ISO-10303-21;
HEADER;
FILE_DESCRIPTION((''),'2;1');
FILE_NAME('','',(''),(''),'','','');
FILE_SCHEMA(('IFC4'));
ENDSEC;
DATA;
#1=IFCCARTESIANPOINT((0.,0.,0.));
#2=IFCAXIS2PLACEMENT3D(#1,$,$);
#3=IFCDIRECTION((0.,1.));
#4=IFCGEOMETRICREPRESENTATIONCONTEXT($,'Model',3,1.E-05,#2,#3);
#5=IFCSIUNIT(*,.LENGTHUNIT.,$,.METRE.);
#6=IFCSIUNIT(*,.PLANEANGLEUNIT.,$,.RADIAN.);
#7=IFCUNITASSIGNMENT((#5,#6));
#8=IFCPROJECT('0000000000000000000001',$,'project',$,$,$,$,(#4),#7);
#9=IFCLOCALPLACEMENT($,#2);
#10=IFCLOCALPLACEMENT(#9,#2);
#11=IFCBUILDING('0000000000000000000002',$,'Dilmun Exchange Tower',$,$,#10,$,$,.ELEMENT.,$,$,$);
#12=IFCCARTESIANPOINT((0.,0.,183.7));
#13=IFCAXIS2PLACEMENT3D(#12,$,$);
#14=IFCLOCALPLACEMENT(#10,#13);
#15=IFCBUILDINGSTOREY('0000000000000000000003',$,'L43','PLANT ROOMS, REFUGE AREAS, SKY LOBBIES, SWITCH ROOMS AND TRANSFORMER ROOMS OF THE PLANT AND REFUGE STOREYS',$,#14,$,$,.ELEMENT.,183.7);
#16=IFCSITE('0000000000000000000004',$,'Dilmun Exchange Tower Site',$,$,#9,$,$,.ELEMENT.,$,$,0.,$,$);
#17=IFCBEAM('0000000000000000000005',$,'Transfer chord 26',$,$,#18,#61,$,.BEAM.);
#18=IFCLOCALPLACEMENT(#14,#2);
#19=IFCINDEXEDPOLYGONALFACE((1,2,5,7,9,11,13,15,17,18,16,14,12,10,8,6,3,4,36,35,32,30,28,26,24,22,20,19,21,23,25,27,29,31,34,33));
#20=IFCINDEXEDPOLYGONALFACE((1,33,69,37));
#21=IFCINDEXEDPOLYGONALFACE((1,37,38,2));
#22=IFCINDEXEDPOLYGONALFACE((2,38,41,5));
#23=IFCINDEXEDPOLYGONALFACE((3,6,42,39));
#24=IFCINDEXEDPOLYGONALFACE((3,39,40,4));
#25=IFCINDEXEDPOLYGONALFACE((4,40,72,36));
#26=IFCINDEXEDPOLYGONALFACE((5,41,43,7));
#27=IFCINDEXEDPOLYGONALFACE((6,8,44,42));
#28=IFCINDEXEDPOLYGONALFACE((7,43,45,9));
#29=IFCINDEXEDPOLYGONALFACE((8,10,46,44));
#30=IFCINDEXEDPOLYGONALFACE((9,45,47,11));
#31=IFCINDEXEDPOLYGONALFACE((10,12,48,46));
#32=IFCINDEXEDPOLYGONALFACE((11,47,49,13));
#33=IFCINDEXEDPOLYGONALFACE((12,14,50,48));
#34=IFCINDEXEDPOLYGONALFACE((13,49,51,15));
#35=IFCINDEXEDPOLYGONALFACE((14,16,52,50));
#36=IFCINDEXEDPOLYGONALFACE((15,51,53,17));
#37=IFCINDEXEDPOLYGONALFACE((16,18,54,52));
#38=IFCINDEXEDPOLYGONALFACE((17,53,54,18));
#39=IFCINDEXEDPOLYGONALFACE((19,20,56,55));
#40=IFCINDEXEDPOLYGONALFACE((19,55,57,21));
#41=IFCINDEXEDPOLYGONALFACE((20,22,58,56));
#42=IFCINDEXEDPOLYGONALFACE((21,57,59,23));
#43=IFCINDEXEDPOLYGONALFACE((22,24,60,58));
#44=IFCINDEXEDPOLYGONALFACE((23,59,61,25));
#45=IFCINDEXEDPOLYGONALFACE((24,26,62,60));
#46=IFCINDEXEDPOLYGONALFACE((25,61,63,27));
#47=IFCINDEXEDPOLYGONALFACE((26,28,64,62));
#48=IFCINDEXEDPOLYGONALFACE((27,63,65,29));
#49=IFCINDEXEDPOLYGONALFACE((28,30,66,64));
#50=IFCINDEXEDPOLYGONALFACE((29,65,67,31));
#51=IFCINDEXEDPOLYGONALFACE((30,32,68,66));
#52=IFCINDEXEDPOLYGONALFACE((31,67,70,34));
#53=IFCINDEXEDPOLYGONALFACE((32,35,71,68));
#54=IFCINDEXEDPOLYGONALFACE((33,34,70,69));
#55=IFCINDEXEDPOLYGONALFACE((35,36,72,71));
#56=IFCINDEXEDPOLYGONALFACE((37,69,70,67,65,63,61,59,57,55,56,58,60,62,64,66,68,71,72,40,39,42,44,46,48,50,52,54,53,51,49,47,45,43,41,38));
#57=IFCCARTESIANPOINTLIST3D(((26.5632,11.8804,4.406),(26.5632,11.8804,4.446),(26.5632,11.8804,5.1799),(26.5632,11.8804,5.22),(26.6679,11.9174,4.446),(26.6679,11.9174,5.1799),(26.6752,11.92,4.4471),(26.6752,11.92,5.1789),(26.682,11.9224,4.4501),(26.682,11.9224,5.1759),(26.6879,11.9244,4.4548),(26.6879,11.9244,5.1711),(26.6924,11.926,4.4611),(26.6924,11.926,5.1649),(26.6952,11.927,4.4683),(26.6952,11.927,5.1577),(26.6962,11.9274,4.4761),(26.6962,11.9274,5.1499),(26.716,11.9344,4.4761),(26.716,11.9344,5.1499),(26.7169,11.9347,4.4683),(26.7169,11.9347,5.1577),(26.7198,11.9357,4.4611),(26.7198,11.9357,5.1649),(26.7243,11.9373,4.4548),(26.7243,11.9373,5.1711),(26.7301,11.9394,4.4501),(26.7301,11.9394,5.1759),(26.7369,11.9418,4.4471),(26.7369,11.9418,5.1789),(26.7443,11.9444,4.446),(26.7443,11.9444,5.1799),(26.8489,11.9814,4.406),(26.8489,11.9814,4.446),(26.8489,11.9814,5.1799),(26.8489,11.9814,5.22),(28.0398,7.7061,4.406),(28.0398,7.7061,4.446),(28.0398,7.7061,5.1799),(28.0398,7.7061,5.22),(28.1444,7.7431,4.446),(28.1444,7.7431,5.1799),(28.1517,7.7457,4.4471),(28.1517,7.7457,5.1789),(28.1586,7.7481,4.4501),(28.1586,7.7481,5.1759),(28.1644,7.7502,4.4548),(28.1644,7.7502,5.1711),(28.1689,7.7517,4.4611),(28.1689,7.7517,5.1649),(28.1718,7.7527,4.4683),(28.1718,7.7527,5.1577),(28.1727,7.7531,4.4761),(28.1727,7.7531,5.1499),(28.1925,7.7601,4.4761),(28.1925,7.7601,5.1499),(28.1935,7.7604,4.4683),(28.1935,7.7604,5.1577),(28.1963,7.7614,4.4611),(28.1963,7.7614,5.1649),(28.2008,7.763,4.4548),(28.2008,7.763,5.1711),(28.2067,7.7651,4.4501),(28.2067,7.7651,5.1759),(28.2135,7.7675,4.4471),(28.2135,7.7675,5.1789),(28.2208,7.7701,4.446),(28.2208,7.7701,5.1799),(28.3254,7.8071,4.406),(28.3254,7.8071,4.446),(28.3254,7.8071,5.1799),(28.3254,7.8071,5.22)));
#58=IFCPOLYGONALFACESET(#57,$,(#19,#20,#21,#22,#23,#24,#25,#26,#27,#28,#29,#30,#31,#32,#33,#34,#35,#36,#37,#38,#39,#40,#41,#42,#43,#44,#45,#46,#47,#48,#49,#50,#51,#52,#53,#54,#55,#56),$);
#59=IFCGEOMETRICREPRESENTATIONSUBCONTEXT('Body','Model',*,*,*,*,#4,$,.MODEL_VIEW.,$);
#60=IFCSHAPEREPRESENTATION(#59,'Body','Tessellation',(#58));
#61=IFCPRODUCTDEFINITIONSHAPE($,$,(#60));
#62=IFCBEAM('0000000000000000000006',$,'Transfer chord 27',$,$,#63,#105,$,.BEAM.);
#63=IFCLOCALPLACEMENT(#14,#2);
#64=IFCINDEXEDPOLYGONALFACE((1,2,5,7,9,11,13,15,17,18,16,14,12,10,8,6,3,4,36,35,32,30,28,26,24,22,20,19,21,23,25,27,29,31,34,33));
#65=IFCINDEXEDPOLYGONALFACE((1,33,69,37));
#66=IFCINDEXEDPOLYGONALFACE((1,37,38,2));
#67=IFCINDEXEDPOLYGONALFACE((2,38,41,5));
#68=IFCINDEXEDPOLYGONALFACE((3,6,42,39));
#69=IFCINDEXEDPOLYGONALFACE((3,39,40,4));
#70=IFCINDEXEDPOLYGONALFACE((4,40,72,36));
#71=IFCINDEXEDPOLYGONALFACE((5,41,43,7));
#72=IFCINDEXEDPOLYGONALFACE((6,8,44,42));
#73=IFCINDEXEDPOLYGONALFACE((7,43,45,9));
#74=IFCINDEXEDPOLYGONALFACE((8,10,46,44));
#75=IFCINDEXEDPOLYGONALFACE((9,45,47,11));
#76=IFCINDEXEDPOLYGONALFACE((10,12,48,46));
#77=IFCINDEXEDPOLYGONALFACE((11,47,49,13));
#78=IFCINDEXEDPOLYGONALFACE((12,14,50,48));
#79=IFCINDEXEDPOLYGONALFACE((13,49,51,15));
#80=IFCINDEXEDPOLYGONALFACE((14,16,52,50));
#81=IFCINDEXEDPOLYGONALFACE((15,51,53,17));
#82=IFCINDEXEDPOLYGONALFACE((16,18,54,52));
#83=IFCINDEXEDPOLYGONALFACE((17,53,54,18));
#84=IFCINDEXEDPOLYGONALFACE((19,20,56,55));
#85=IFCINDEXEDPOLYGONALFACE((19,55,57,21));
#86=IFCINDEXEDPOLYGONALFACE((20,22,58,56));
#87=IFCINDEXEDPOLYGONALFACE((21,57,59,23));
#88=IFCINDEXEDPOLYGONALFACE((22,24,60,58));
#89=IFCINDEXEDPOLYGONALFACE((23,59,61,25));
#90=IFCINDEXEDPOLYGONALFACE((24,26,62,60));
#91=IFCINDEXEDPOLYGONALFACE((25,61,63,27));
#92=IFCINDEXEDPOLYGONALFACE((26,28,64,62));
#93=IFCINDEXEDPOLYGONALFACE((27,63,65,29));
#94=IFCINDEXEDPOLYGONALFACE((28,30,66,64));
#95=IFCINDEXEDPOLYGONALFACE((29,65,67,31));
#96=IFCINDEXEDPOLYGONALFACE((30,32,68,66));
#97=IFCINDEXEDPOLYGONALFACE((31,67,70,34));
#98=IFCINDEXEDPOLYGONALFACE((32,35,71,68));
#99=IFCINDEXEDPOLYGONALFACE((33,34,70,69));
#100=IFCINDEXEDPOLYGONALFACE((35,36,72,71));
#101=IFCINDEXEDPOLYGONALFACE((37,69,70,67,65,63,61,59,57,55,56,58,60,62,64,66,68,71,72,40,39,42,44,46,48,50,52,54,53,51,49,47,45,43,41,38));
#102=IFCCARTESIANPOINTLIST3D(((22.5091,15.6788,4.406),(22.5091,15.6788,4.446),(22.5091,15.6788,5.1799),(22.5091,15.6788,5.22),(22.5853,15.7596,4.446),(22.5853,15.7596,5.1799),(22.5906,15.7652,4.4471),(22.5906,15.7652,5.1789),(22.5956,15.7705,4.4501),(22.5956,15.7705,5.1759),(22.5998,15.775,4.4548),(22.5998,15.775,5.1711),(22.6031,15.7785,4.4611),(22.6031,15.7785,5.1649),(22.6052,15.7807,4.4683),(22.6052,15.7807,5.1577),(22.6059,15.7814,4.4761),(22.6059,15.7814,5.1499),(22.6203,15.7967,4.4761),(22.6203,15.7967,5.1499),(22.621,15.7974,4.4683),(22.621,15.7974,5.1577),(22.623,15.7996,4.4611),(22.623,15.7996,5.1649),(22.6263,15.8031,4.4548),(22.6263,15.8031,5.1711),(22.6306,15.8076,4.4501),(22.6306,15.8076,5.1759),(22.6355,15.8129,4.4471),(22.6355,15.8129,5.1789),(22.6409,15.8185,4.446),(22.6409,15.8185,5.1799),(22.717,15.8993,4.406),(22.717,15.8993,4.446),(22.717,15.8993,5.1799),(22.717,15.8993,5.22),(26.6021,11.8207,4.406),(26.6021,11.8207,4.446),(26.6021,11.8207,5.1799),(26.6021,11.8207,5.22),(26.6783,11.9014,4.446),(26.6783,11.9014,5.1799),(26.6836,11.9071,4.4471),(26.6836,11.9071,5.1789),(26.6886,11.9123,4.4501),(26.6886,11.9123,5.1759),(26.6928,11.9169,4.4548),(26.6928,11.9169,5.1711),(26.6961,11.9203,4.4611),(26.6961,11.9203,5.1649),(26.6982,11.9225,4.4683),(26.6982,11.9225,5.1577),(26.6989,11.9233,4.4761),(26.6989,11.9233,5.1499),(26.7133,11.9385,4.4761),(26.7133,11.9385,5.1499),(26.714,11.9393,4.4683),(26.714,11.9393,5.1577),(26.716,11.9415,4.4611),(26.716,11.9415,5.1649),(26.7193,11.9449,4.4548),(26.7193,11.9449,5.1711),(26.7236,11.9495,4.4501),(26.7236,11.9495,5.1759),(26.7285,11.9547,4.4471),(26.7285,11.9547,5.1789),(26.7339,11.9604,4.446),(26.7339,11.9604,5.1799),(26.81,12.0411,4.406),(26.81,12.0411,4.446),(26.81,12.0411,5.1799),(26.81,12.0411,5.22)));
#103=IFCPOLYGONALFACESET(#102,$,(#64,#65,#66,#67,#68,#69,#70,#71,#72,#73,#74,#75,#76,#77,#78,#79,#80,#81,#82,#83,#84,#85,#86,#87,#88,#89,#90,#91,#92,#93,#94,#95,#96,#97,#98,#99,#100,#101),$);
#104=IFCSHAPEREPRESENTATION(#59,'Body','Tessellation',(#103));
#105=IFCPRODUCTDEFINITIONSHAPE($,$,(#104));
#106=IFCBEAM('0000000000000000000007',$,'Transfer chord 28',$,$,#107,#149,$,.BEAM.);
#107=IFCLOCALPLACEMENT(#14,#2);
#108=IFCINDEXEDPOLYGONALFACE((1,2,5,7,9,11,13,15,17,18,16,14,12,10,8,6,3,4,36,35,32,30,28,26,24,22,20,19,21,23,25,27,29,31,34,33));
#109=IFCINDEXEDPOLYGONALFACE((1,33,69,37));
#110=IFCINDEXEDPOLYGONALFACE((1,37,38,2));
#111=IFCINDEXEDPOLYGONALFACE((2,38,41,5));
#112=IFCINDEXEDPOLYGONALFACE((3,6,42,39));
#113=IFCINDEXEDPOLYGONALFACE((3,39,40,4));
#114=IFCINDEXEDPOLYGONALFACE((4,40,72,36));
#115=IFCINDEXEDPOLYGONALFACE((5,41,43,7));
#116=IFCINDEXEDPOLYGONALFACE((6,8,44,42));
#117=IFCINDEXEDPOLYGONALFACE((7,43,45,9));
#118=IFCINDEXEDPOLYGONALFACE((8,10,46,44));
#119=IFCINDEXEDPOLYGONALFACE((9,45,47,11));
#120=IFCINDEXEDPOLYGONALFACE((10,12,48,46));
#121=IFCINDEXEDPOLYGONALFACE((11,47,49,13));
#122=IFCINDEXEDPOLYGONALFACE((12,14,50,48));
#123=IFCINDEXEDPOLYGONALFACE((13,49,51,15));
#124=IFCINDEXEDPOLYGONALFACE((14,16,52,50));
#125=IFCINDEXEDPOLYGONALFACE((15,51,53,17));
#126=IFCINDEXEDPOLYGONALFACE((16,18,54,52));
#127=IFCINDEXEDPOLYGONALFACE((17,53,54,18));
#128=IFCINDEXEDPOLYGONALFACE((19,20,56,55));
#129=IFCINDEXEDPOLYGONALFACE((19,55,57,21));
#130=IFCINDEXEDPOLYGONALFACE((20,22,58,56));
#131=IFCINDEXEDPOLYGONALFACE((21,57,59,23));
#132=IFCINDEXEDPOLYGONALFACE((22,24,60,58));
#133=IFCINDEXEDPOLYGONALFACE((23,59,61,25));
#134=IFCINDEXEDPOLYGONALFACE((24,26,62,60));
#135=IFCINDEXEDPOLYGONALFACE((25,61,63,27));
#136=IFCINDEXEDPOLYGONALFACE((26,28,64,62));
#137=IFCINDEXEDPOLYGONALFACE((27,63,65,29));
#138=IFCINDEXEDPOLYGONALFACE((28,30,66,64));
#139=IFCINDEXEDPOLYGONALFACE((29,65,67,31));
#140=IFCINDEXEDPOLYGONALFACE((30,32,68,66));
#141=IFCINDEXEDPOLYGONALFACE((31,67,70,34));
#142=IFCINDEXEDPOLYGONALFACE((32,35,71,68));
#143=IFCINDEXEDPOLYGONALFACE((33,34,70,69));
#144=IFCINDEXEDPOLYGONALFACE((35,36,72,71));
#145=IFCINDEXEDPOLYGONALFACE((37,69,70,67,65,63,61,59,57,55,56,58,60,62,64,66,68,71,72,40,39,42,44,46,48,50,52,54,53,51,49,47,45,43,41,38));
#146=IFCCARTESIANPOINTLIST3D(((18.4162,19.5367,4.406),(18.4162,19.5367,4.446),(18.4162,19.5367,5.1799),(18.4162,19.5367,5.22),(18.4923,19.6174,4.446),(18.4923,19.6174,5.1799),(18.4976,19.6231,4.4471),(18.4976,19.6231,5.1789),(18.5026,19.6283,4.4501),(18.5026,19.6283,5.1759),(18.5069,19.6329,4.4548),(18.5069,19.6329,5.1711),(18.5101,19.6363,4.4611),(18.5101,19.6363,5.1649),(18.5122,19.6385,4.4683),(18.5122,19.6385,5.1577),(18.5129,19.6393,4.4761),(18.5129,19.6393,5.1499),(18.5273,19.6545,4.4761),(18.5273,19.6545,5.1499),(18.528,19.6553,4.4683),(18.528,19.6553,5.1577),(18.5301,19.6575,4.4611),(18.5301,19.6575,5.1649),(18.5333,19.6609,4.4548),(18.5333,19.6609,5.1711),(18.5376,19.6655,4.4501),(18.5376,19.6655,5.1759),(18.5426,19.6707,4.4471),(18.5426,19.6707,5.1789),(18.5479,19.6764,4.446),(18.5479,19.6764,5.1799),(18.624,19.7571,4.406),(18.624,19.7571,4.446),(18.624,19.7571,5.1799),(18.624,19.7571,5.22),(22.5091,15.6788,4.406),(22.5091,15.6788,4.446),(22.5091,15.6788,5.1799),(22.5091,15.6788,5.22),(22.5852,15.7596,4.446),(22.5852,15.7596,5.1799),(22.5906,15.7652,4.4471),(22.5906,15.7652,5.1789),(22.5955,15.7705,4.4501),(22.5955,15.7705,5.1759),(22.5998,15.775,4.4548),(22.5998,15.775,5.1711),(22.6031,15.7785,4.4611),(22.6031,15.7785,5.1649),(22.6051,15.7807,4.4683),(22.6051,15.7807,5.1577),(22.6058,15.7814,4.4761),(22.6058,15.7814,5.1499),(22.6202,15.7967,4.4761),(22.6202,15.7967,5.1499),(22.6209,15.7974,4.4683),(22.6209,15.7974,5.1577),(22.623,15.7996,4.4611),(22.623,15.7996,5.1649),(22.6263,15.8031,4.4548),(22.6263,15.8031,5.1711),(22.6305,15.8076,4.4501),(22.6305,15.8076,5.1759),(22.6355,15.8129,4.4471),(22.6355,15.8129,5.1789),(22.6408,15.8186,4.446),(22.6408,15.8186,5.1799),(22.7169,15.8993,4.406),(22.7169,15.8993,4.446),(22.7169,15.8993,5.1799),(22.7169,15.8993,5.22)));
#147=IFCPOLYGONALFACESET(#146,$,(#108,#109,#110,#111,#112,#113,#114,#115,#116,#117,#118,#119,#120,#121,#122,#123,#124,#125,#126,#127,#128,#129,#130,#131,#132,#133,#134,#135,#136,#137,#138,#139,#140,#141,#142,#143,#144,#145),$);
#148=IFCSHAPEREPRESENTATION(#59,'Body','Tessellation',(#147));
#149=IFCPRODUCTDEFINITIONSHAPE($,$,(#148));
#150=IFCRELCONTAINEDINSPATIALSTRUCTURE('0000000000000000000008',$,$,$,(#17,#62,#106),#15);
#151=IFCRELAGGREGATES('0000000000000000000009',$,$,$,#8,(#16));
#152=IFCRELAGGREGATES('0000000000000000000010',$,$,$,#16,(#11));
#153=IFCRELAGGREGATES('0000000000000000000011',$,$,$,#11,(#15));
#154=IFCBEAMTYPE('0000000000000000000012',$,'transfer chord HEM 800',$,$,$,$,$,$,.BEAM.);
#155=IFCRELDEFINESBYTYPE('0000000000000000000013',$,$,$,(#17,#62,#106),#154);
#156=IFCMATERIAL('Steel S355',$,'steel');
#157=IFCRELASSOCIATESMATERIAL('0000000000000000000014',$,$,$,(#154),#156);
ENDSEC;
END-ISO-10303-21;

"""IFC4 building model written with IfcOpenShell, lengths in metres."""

from ifc_helpers import new_model, si_unit, direction, frame, origin, origin_2d, place, context, subcontext, project, spatial, i_section, extrude, material, material_profile, profile_set, type_object, element, save


model = new_model("IFC4")

# Units and contexts
model_context = context("Model", 3, precision=1e-05, world=origin(), true_north=direction((0.0, 1.0)))
body_context = subcontext(model_context, "Body", "Model", "MODEL_VIEW")
ifc_project = project(units=[si_unit("LENGTHUNIT", "METRE"), si_unit("PLANEANGLEUNIT", "RADIAN")], contexts=[model_context])

# Site, building, storey
site_placement = place(None, origin())
site = spatial("IfcSite", under=ifc_project, at=site_placement, Name="Dilmun Exchange Tower Site", CompositionType="ELEMENT", RefElevation=0.0)
building_placement = place(site_placement, origin())
building = spatial("IfcBuilding", under=site, at=building_placement, Name="Dilmun Exchange Tower", CompositionType="ELEMENT")
storey_placement = place(building_placement, frame((0.0, 0.0, 183.7)))
storey = spatial("IfcBuildingStorey", under=building, at=storey_placement, Name="L43", Description="PLANT ROOMS, REFUGE AREAS, SKY LOBBIES, SWITCH ROOMS AND TRANSFORMER ROOMS OF THE PLANT AND REFUGE STOREYS", CompositionType="ELEMENT", Elevation=183.7)

# Beams
ifc_material_1 = material(Name="Steel S355", Category="steel")
ifc_material_profile_1 = material_profile(ifc_material_1, i_section(OverallWidth=0.303, OverallDepth=0.814, WebThickness=0.021, FlangeThickness=0.04, FilletRadius=0.03, at=origin_2d()), Name="HEM 800")
ifc_profile_set_1 = profile_set([ifc_material_profile_1], Name="Steel S355")
beam_type_1 = type_object("IfcBeamType", Name="transfer chord HEM 800", PredefinedType="BEAM", material=ifc_profile_set_1)
beam_1_placement = place(storey_placement, frame((28.1826, 7.7566, 4.813), z_axis=(-0.333478, 0.942758, 0.0), x_axis=(-0.942758, -0.333478, 0.0)))
element("IfcBeam", 1, at=beam_1_placement, inside=storey, type_object=beam_type_1, Name="Transfer chord 26", PredefinedType="BEAM", context=body_context, shape_type="SweptSolid", body=[
    extrude(i_section(OverallWidth=0.303, OverallDepth=0.814, WebThickness=0.021, FlangeThickness=0.04, FilletRadius=0.03, at=origin_2d()), origin(), (0.0, 0.0, 1.0), 4.4277),
])
beam_2_placement = place(storey_placement, frame((26.7061, 11.9309, 4.813), z_axis=(-0.727676, 0.685921, 0.0), x_axis=(-0.685921, -0.727676, 0.0)))
element("IfcBeam", 2, at=beam_2_placement, inside=storey, type_object=beam_type_1, Name="Transfer chord 27", PredefinedType="BEAM", context=body_context, shape_type="SweptSolid", body=[
    extrude(i_section(OverallWidth=0.303, OverallDepth=0.814, WebThickness=0.021, FlangeThickness=0.04, FilletRadius=0.03, at=origin_2d()), origin(), (0.0, 0.0, 1.0), 5.6248),
])
beam_3_placement = place(storey_placement, frame((22.613, 15.7891, 4.813), z_axis=(-0.727698, 0.685898, 0.0), x_axis=(-0.685898, -0.727698, 0.0)))
element("IfcBeam", 3, at=beam_3_placement, inside=storey, type_object=beam_type_1, Name="Transfer chord 28", PredefinedType="BEAM", context=body_context, shape_type="SweptSolid", body=[
    extrude(i_section(OverallWidth=0.303, OverallDepth=0.814, WebThickness=0.021, FlangeThickness=0.04, FilletRadius=0.03, at=origin_2d()), origin(), (0.0, 0.0, 1.0), 5.6245),
])

save(model, "model.ifc")
